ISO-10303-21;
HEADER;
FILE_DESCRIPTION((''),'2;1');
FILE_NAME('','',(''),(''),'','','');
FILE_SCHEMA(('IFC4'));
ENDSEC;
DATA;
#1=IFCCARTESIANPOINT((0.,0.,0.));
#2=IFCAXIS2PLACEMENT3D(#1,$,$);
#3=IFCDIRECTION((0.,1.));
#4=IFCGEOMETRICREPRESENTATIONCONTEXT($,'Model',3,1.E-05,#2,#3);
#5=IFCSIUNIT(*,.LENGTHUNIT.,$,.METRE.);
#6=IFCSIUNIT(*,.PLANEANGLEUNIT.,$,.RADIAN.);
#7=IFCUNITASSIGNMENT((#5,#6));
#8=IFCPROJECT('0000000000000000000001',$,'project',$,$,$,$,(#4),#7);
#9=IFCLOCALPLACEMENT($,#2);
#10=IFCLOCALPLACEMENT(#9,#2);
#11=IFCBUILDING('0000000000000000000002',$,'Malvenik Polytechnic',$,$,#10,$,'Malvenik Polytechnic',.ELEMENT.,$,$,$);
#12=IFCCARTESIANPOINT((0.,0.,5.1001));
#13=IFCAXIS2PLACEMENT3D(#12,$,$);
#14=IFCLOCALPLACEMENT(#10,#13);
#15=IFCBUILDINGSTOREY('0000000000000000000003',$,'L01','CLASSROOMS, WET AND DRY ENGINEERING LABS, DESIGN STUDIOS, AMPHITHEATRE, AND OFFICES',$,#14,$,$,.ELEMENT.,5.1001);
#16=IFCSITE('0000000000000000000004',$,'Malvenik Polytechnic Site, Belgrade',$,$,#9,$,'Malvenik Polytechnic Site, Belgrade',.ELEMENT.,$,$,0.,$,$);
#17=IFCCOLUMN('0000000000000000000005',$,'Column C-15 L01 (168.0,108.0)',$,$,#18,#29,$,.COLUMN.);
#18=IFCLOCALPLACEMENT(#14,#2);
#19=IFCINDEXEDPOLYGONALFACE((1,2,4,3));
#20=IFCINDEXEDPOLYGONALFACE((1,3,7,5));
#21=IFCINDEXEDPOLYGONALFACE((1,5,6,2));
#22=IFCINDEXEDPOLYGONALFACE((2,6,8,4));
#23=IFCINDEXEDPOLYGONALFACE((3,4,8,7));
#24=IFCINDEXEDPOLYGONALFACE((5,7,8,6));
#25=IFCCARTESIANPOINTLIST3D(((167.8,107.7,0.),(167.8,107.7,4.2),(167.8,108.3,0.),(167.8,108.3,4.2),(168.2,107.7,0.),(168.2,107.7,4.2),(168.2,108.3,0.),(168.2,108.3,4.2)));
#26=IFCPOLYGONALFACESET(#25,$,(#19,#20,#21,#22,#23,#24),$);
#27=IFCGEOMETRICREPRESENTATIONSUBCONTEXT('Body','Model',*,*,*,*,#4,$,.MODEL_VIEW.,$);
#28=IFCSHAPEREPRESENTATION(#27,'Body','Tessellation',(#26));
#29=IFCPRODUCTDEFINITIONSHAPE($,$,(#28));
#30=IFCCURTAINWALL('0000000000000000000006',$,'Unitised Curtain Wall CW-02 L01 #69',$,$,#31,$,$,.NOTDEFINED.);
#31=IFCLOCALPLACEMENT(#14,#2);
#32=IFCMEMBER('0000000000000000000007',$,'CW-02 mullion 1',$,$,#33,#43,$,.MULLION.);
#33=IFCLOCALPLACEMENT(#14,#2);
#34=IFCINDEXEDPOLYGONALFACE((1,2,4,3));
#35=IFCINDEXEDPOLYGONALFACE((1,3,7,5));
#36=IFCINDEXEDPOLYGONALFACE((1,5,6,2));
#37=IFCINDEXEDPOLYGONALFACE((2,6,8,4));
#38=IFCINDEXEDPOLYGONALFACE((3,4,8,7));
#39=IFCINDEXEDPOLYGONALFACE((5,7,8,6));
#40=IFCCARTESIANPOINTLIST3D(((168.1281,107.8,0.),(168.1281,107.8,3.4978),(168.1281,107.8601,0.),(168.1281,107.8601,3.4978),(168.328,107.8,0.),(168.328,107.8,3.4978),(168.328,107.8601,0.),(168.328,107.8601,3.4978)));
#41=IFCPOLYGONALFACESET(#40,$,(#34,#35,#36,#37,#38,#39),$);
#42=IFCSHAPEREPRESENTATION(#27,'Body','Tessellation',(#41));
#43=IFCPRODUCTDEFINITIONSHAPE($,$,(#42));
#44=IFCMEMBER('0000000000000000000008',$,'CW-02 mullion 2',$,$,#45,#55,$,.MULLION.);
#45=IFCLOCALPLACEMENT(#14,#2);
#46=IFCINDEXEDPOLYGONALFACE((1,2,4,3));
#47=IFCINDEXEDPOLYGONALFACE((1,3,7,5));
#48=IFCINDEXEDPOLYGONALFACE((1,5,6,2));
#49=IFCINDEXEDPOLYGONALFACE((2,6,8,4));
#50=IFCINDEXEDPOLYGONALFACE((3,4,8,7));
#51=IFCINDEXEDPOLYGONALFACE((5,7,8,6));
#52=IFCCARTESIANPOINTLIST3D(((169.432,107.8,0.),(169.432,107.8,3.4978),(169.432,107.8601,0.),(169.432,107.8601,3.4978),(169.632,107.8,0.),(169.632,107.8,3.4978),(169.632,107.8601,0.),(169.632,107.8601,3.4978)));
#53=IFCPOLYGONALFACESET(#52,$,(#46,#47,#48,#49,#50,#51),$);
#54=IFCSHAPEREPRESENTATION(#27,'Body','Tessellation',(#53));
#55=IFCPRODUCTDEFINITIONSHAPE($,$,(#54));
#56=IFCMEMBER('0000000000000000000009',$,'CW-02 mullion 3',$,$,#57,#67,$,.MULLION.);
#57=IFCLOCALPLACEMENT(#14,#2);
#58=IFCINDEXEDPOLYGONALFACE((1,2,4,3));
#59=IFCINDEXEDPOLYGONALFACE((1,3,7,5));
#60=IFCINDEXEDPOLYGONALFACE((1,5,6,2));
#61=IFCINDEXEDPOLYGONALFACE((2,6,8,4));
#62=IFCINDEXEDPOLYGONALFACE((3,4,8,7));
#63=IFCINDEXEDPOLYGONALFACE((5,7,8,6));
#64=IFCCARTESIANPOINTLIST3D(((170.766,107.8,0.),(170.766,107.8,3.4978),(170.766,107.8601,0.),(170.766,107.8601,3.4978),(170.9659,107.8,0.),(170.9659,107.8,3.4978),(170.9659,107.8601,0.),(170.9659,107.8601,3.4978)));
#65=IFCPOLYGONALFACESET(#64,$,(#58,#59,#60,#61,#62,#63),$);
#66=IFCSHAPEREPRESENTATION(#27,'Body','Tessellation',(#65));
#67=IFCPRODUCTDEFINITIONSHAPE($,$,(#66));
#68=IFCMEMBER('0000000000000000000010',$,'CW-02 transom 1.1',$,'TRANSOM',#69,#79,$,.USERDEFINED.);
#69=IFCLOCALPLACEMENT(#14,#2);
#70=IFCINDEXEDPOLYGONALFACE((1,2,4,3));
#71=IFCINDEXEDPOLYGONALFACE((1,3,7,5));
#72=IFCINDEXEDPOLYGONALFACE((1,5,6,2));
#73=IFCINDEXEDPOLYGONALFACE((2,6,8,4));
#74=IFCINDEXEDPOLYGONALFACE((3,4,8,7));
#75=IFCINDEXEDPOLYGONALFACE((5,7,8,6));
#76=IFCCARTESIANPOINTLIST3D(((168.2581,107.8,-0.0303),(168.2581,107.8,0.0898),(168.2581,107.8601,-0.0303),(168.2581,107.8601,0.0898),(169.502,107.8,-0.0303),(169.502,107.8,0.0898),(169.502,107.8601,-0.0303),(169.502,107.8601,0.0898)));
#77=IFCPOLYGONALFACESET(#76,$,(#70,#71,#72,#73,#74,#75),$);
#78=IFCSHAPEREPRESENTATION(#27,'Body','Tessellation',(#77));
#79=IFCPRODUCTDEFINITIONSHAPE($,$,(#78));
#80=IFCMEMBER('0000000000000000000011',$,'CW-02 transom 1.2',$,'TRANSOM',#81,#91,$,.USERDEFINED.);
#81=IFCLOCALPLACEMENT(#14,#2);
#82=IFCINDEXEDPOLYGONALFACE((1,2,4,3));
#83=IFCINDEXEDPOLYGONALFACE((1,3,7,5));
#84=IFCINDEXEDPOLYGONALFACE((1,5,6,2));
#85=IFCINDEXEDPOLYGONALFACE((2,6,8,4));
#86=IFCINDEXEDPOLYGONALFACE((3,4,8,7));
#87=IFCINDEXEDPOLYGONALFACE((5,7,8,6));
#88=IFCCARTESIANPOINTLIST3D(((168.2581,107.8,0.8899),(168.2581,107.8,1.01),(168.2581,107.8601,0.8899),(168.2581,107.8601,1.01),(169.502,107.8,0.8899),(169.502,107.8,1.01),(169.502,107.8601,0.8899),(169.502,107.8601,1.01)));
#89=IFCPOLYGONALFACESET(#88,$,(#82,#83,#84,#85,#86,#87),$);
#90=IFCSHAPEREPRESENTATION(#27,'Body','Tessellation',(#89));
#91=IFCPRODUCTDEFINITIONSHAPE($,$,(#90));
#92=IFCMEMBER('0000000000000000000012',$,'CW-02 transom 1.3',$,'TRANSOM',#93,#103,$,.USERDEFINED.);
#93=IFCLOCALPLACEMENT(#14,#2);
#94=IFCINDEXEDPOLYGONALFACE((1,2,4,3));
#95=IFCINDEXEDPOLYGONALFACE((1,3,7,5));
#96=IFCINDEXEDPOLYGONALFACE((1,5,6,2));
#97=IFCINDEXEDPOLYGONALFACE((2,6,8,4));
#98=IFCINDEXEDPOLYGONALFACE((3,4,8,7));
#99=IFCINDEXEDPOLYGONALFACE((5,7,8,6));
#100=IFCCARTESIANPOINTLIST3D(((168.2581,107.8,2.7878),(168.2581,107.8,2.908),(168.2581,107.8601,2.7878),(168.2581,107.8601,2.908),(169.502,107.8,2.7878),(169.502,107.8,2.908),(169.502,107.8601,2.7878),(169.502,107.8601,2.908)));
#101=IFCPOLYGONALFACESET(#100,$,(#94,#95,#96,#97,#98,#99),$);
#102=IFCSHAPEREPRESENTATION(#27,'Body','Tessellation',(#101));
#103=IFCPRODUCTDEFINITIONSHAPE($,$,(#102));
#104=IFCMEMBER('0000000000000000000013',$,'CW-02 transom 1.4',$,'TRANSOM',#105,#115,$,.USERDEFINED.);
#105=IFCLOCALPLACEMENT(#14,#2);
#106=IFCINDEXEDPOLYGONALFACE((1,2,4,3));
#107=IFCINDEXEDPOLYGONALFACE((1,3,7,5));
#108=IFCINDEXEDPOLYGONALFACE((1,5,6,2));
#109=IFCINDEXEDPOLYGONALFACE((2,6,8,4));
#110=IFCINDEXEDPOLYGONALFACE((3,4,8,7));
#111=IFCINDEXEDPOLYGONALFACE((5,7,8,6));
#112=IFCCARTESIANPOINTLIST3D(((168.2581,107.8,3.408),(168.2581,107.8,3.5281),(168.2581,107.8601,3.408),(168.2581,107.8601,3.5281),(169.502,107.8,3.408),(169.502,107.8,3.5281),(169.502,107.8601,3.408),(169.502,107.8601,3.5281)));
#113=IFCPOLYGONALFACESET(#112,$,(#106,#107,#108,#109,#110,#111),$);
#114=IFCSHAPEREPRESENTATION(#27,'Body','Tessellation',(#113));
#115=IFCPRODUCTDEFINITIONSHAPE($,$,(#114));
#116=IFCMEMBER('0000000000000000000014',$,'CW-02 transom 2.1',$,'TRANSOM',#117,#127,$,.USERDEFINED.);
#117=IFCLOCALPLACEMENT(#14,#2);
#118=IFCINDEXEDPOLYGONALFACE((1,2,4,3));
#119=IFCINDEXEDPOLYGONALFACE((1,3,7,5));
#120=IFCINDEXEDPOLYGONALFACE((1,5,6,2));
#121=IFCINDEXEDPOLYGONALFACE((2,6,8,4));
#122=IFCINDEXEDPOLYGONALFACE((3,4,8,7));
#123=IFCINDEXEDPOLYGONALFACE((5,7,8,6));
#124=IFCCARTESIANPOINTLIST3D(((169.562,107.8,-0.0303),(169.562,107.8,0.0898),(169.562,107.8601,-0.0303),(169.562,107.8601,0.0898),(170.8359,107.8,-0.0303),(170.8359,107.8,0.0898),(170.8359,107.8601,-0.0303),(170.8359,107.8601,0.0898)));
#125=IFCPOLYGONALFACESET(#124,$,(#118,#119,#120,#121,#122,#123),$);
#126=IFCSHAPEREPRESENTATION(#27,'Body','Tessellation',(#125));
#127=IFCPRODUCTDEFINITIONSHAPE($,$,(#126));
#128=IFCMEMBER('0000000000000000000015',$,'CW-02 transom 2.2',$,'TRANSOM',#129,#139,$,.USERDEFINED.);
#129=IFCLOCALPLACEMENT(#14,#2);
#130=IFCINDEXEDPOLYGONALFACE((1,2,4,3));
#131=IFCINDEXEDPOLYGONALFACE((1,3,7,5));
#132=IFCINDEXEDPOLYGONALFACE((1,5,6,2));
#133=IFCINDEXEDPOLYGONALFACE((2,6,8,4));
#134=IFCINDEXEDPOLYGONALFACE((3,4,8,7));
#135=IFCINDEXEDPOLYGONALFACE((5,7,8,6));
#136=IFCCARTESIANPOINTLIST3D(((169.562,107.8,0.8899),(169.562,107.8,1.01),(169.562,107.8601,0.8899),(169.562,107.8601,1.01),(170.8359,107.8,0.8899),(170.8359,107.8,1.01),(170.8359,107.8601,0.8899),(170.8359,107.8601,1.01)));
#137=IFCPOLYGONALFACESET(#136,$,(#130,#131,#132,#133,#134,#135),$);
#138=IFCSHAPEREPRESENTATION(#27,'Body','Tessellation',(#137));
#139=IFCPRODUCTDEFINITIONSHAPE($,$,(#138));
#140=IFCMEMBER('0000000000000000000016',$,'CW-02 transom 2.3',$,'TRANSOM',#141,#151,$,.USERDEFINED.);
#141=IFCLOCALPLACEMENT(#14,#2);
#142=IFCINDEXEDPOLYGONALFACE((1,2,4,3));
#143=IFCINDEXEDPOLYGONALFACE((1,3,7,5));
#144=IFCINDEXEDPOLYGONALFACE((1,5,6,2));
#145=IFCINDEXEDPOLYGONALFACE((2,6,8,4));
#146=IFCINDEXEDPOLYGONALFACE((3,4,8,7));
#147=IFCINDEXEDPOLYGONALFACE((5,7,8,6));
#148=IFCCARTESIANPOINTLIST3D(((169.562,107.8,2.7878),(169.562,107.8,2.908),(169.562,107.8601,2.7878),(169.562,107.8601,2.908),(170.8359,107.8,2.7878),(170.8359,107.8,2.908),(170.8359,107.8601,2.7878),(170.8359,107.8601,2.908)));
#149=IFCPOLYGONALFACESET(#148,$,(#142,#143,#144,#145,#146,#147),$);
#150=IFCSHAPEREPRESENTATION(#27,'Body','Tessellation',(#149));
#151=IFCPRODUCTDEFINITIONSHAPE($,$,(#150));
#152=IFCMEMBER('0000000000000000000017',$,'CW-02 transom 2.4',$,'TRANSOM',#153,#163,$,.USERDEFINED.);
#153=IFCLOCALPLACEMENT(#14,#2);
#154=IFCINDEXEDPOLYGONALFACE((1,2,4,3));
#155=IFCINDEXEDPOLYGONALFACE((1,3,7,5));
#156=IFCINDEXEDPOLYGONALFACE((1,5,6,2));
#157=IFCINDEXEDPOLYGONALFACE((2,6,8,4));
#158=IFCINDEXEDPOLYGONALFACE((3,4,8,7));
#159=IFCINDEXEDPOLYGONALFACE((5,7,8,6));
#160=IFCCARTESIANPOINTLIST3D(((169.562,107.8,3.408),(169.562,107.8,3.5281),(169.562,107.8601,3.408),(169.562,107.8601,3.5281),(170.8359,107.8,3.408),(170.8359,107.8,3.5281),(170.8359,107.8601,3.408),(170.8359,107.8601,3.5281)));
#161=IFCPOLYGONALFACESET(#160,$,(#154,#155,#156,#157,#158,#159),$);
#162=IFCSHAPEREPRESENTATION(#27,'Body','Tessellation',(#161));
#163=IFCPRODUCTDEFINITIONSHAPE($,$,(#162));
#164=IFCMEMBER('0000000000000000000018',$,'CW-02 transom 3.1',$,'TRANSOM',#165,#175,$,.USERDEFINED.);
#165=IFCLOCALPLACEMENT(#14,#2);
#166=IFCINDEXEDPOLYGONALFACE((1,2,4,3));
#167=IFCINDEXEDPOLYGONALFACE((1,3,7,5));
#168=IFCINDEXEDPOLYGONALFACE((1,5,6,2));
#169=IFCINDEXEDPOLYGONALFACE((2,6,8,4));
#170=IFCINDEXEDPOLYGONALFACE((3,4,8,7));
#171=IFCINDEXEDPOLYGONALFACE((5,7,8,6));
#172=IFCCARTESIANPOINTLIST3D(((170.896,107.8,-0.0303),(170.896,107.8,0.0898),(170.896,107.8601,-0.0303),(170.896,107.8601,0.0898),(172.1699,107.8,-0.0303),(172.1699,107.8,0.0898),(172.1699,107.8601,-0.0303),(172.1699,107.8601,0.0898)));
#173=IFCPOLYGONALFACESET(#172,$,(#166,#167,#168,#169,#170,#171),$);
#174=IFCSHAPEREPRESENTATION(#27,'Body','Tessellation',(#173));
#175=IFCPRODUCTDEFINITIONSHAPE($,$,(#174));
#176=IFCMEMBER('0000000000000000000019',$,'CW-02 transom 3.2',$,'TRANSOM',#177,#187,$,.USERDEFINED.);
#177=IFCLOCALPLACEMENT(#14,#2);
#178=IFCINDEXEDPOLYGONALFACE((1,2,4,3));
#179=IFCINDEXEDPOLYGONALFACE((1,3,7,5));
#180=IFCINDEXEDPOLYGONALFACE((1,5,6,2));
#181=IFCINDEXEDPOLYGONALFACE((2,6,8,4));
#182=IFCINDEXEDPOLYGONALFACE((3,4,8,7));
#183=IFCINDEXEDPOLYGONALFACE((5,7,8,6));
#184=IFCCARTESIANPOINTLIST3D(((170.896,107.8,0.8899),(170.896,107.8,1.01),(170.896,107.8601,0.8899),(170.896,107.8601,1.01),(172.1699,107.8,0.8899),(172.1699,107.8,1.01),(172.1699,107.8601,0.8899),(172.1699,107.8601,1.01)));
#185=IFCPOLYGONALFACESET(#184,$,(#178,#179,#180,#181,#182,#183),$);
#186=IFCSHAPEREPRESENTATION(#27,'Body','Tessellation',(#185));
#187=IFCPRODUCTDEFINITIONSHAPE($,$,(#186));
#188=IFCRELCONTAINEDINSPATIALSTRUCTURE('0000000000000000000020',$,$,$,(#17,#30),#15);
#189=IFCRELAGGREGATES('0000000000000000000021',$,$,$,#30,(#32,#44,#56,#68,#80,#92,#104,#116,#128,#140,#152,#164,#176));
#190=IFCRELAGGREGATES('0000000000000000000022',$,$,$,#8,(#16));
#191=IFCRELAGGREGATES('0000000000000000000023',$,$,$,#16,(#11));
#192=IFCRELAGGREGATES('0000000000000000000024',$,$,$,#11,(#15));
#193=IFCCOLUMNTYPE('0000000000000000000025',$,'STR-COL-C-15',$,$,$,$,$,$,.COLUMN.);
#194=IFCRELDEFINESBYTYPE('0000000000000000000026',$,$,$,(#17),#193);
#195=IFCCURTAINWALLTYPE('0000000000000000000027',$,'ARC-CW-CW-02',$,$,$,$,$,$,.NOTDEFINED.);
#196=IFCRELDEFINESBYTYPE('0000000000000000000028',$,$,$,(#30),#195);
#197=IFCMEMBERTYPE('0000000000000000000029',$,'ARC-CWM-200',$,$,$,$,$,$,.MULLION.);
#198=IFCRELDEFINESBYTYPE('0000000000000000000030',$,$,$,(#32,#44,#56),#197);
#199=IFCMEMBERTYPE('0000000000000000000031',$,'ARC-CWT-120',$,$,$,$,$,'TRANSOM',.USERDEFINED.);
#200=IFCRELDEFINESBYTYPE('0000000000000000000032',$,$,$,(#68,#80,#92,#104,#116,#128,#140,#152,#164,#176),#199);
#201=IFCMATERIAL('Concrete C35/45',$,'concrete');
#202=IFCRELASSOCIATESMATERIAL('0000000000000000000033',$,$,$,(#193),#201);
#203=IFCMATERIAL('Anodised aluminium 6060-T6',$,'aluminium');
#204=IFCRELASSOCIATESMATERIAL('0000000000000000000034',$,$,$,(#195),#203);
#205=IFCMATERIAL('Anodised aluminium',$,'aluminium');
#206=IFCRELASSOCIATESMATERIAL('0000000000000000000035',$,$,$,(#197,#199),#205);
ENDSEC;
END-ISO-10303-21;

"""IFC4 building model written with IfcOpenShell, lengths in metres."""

from ifc_helpers import new_model, si_unit, direction, frame, origin, origin_2d, place, context, subcontext, project, spatial, rectangle, extrude, material, material_profile, profile_set, type_object, element, aggregate, save


model = new_model("IFC4")

# Units and contexts
model_context = context("Model", 3, precision=1e-05, world=origin(), true_north=direction((0.0, 1.0)))
body_context = subcontext(model_context, "Body", "Model", "MODEL_VIEW")
ifc_project = project(units=[si_unit("LENGTHUNIT", "METRE"), si_unit("PLANEANGLEUNIT", "RADIAN")], contexts=[model_context])

# Site, building, storey
site_placement = place(None, origin())
site = spatial("IfcSite", under=ifc_project, at=site_placement, Name="Malvenik Polytechnic Site, Belgrade", LongName="Malvenik Polytechnic Site, Belgrade", CompositionType="ELEMENT", RefElevation=0.0)
building_placement = place(site_placement, origin())
building = spatial("IfcBuilding", under=site, at=building_placement, Name="Malvenik Polytechnic", LongName="Malvenik Polytechnic", CompositionType="ELEMENT")
storey_placement = place(building_placement, frame((0.0, 0.0, 5.1001)))
storey = spatial("IfcBuildingStorey", under=building, at=storey_placement, Name="L01", Description="CLASSROOMS, WET AND DRY ENGINEERING LABS, DESIGN STUDIOS, AMPHITHEATRE, AND OFFICES", CompositionType="ELEMENT", Elevation=5.1001)

# Column
ifc_material_1 = material(Name="Concrete C35/45", Category="concrete")
ifc_material_profile_1 = material_profile(ifc_material_1, rectangle(XDim=0.3999, YDim=0.6001, at=origin_2d()), Name="RC COL 600x400")
ifc_profile_set_1 = profile_set([ifc_material_profile_1], Name="Concrete C35/45")
column_type = type_object("IfcColumnType", Name="STR-COL-C-15", PredefinedType="COLUMN", material=ifc_profile_set_1)
column_placement = place(storey_placement, frame((168.0, 108.0, 0.0), z_axis=(0.0, 0.0, 1.0), x_axis=(1.0, 0.0, 0.0)))
element("IfcColumn", 1, at=column_placement, inside=storey, type_object=column_type, Name="Column C-15 L01 (168.0,108.0)", PredefinedType="COLUMN", context=body_context, shape_type="SweptSolid", body=[
    extrude(rectangle(XDim=0.3999, YDim=0.6001, at=origin_2d()), origin(), (0.0, 0.0, 1.0), 4.2),
])

# Curtain wall, members
ifc_material_2 = material(Name="Anodised aluminium 6060-T6", Category="aluminium")
curtain_wall_type = type_object("IfcCurtainWallType", Name="ARC-CW-CW-02", PredefinedType="NOTDEFINED", material=ifc_material_2)
curtain_wall_placement = place(storey_placement, origin())
curtain_wall = element("IfcCurtainWall", 2, at=curtain_wall_placement, inside=storey, type_object=curtain_wall_type, Name="Unitised Curtain Wall CW-02 L01 #69", PredefinedType="NOTDEFINED")
ifc_material_3 = material(Name="Anodised aluminium", Category="aluminium")
ifc_material_profile_2 = material_profile(ifc_material_3, rectangle(XDim=0.0601, YDim=0.2, at=origin_2d()), Name="ALU MULLION 60x200")
ifc_profile_set_2 = profile_set([ifc_material_profile_2], Name="Anodised aluminium")
member_type_1 = type_object("IfcMemberType", Name="ARC-CWM-200", PredefinedType="MULLION", material=ifc_profile_set_2)
member_1_placement = place(storey_placement, frame((168.228, 107.8301, 0.0), z_axis=(0.0, 0.0, 1.0), x_axis=(0.0, 1.0, 0.0)))
member_1 = element("IfcMember", 3, at=member_1_placement, type_object=member_type_1, Name="CW-02 mullion 1", PredefinedType="MULLION", context=body_context, shape_type="SweptSolid", body=[
    extrude(rectangle(XDim=0.0601, YDim=0.2, at=origin_2d()), origin(), (0.0, 0.0, 1.0), 3.4978),
])
member_2_placement = place(storey_placement, frame((169.532, 107.8301, 0.0), z_axis=(0.0, 0.0, 1.0), x_axis=(0.0, 1.0, 0.0)))
member_2 = element("IfcMember", 4, at=member_2_placement, type_object=member_type_1, Name="CW-02 mullion 2", PredefinedType="MULLION", context=body_context, shape_type="SweptSolid", body=[
    extrude(rectangle(XDim=0.0601, YDim=0.2, at=origin_2d()), origin(), (0.0, 0.0, 1.0), 3.4978),
])
member_3_placement = place(storey_placement, frame((170.866, 107.8301, 0.0), z_axis=(0.0, 0.0, 1.0), x_axis=(0.0, 1.0, 0.0)))
member_3 = element("IfcMember", 5, at=member_3_placement, type_object=member_type_1, Name="CW-02 mullion 3", PredefinedType="MULLION", context=body_context, shape_type="SweptSolid", body=[
    extrude(rectangle(XDim=0.0601, YDim=0.2, at=origin_2d()), origin(), (0.0, 0.0, 1.0), 3.4978),
])
ifc_material_profile_3 = material_profile(ifc_material_3, rectangle(XDim=0.0601, YDim=0.1201, at=origin_2d()), Name="ALU TRANSOM 60x120")
ifc_profile_set_3 = profile_set([ifc_material_profile_3], Name="Anodised aluminium")
member_type_2 = type_object("IfcMemberType", Name="ARC-CWT-120", ElementType="TRANSOM", PredefinedType="USERDEFINED", material=ifc_profile_set_3)
member_4_placement = place(storey_placement, frame((168.2581, 107.8301, 0.0298), z_axis=(1.0, 0.0, 0.0), x_axis=(0.0, 1.0, 0.0)))
member_4 = element("IfcMember", 6, at=member_4_placement, type_object=member_type_2, Name="CW-02 transom 1.1", ObjectType="TRANSOM", PredefinedType="USERDEFINED", context=body_context, shape_type="SweptSolid", body=[
    extrude(rectangle(XDim=0.0601, YDim=0.1201, at=origin_2d()), origin(), (0.0, 0.0, 1.0), 1.2439),
])
member_5_placement = place(storey_placement, frame((168.2581, 107.8301, 0.95), z_axis=(1.0, 0.0, 0.0), x_axis=(0.0, 1.0, 0.0)))
member_5 = element("IfcMember", 7, at=member_5_placement, type_object=member_type_2, Name="CW-02 transom 1.2", ObjectType="TRANSOM", PredefinedType="USERDEFINED", context=body_context, shape_type="SweptSolid", body=[
    extrude(rectangle(XDim=0.0601, YDim=0.1201, at=origin_2d()), origin(), (0.0, 0.0, 1.0), 1.2439),
])
member_6_placement = place(storey_placement, frame((168.2581, 107.8301, 2.8479), z_axis=(1.0, 0.0, 0.0), x_axis=(0.0, 1.0, 0.0)))
member_6 = element("IfcMember", 8, at=member_6_placement, type_object=member_type_2, Name="CW-02 transom 1.3", ObjectType="TRANSOM", PredefinedType="USERDEFINED", context=body_context, shape_type="SweptSolid", body=[
    extrude(rectangle(XDim=0.0601, YDim=0.1201, at=origin_2d()), origin(), (0.0, 0.0, 1.0), 1.2439),
])
member_7_placement = place(storey_placement, frame((168.2581, 107.8301, 3.468), z_axis=(1.0, 0.0, 0.0), x_axis=(0.0, 1.0, 0.0)))
member_7 = element("IfcMember", 9, at=member_7_placement, type_object=member_type_2, Name="CW-02 transom 1.4", ObjectType="TRANSOM", PredefinedType="USERDEFINED", context=body_context, shape_type="SweptSolid", body=[
    extrude(rectangle(XDim=0.0601, YDim=0.1201, at=origin_2d()), origin(), (0.0, 0.0, 1.0), 1.2439),
])
member_8_placement = place(storey_placement, frame((169.562, 107.8301, 0.0298), z_axis=(1.0, 0.0, 0.0), x_axis=(0.0, 1.0, 0.0)))
member_8 = element("IfcMember", 10, at=member_8_placement, type_object=member_type_2, Name="CW-02 transom 2.1", ObjectType="TRANSOM", PredefinedType="USERDEFINED", context=body_context, shape_type="SweptSolid", body=[
    extrude(rectangle(XDim=0.0601, YDim=0.1201, at=origin_2d()), origin(), (0.0, 0.0, 1.0), 1.2739),
])
member_9_placement = place(storey_placement, frame((169.562, 107.8301, 0.95), z_axis=(1.0, 0.0, 0.0), x_axis=(0.0, 1.0, 0.0)))
member_9 = element("IfcMember", 11, at=member_9_placement, type_object=member_type_2, Name="CW-02 transom 2.2", ObjectType="TRANSOM", PredefinedType="USERDEFINED", context=body_context, shape_type="SweptSolid", body=[
    extrude(rectangle(XDim=0.0601, YDim=0.1201, at=origin_2d()), origin(), (0.0, 0.0, 1.0), 1.2739),
])
member_10_placement = place(storey_placement, frame((169.562, 107.8301, 2.8479), z_axis=(1.0, 0.0, 0.0), x_axis=(0.0, 1.0, 0.0)))
member_10 = element("IfcMember", 12, at=member_10_placement, type_object=member_type_2, Name="CW-02 transom 2.3", ObjectType="TRANSOM", PredefinedType="USERDEFINED", context=body_context, shape_type="SweptSolid", body=[
    extrude(rectangle(XDim=0.0601, YDim=0.1201, at=origin_2d()), origin(), (0.0, 0.0, 1.0), 1.2739),
])
member_11_placement = place(storey_placement, frame((169.562, 107.8301, 3.468), z_axis=(1.0, 0.0, 0.0), x_axis=(0.0, 1.0, 0.0)))
member_11 = element("IfcMember", 13, at=member_11_placement, type_object=member_type_2, Name="CW-02 transom 2.4", ObjectType="TRANSOM", PredefinedType="USERDEFINED", context=body_context, shape_type="SweptSolid", body=[
    extrude(rectangle(XDim=0.0601, YDim=0.1201, at=origin_2d()), origin(), (0.0, 0.0, 1.0), 1.2739),
])
member_12_placement = place(storey_placement, frame((170.896, 107.8301, 0.0298), z_axis=(1.0, 0.0, 0.0), x_axis=(0.0, 1.0, 0.0)))
member_12 = element("IfcMember", 14, at=member_12_placement, type_object=member_type_2, Name="CW-02 transom 3.1", ObjectType="TRANSOM", PredefinedType="USERDEFINED", context=body_context, shape_type="SweptSolid", body=[
    extrude(rectangle(XDim=0.0601, YDim=0.1201, at=origin_2d()), origin(), (0.0, 0.0, 1.0), 1.2739),
])
member_13_placement = place(storey_placement, frame((170.896, 107.8301, 0.95), z_axis=(1.0, 0.0, 0.0), x_axis=(0.0, 1.0, 0.0)))
member_13 = element("IfcMember", 15, at=member_13_placement, type_object=member_type_2, Name="CW-02 transom 3.2", ObjectType="TRANSOM", PredefinedType="USERDEFINED", context=body_context, shape_type="SweptSolid", body=[
    extrude(rectangle(XDim=0.0601, YDim=0.1201, at=origin_2d()), origin(), (0.0, 0.0, 1.0), 1.2739),
])

aggregate(curtain_wall, [member_1, member_2, member_3, member_4, member_5, member_6, member_7, member_8, member_9, member_10, member_11, member_12, member_13])

save(model, "model.ifc")
